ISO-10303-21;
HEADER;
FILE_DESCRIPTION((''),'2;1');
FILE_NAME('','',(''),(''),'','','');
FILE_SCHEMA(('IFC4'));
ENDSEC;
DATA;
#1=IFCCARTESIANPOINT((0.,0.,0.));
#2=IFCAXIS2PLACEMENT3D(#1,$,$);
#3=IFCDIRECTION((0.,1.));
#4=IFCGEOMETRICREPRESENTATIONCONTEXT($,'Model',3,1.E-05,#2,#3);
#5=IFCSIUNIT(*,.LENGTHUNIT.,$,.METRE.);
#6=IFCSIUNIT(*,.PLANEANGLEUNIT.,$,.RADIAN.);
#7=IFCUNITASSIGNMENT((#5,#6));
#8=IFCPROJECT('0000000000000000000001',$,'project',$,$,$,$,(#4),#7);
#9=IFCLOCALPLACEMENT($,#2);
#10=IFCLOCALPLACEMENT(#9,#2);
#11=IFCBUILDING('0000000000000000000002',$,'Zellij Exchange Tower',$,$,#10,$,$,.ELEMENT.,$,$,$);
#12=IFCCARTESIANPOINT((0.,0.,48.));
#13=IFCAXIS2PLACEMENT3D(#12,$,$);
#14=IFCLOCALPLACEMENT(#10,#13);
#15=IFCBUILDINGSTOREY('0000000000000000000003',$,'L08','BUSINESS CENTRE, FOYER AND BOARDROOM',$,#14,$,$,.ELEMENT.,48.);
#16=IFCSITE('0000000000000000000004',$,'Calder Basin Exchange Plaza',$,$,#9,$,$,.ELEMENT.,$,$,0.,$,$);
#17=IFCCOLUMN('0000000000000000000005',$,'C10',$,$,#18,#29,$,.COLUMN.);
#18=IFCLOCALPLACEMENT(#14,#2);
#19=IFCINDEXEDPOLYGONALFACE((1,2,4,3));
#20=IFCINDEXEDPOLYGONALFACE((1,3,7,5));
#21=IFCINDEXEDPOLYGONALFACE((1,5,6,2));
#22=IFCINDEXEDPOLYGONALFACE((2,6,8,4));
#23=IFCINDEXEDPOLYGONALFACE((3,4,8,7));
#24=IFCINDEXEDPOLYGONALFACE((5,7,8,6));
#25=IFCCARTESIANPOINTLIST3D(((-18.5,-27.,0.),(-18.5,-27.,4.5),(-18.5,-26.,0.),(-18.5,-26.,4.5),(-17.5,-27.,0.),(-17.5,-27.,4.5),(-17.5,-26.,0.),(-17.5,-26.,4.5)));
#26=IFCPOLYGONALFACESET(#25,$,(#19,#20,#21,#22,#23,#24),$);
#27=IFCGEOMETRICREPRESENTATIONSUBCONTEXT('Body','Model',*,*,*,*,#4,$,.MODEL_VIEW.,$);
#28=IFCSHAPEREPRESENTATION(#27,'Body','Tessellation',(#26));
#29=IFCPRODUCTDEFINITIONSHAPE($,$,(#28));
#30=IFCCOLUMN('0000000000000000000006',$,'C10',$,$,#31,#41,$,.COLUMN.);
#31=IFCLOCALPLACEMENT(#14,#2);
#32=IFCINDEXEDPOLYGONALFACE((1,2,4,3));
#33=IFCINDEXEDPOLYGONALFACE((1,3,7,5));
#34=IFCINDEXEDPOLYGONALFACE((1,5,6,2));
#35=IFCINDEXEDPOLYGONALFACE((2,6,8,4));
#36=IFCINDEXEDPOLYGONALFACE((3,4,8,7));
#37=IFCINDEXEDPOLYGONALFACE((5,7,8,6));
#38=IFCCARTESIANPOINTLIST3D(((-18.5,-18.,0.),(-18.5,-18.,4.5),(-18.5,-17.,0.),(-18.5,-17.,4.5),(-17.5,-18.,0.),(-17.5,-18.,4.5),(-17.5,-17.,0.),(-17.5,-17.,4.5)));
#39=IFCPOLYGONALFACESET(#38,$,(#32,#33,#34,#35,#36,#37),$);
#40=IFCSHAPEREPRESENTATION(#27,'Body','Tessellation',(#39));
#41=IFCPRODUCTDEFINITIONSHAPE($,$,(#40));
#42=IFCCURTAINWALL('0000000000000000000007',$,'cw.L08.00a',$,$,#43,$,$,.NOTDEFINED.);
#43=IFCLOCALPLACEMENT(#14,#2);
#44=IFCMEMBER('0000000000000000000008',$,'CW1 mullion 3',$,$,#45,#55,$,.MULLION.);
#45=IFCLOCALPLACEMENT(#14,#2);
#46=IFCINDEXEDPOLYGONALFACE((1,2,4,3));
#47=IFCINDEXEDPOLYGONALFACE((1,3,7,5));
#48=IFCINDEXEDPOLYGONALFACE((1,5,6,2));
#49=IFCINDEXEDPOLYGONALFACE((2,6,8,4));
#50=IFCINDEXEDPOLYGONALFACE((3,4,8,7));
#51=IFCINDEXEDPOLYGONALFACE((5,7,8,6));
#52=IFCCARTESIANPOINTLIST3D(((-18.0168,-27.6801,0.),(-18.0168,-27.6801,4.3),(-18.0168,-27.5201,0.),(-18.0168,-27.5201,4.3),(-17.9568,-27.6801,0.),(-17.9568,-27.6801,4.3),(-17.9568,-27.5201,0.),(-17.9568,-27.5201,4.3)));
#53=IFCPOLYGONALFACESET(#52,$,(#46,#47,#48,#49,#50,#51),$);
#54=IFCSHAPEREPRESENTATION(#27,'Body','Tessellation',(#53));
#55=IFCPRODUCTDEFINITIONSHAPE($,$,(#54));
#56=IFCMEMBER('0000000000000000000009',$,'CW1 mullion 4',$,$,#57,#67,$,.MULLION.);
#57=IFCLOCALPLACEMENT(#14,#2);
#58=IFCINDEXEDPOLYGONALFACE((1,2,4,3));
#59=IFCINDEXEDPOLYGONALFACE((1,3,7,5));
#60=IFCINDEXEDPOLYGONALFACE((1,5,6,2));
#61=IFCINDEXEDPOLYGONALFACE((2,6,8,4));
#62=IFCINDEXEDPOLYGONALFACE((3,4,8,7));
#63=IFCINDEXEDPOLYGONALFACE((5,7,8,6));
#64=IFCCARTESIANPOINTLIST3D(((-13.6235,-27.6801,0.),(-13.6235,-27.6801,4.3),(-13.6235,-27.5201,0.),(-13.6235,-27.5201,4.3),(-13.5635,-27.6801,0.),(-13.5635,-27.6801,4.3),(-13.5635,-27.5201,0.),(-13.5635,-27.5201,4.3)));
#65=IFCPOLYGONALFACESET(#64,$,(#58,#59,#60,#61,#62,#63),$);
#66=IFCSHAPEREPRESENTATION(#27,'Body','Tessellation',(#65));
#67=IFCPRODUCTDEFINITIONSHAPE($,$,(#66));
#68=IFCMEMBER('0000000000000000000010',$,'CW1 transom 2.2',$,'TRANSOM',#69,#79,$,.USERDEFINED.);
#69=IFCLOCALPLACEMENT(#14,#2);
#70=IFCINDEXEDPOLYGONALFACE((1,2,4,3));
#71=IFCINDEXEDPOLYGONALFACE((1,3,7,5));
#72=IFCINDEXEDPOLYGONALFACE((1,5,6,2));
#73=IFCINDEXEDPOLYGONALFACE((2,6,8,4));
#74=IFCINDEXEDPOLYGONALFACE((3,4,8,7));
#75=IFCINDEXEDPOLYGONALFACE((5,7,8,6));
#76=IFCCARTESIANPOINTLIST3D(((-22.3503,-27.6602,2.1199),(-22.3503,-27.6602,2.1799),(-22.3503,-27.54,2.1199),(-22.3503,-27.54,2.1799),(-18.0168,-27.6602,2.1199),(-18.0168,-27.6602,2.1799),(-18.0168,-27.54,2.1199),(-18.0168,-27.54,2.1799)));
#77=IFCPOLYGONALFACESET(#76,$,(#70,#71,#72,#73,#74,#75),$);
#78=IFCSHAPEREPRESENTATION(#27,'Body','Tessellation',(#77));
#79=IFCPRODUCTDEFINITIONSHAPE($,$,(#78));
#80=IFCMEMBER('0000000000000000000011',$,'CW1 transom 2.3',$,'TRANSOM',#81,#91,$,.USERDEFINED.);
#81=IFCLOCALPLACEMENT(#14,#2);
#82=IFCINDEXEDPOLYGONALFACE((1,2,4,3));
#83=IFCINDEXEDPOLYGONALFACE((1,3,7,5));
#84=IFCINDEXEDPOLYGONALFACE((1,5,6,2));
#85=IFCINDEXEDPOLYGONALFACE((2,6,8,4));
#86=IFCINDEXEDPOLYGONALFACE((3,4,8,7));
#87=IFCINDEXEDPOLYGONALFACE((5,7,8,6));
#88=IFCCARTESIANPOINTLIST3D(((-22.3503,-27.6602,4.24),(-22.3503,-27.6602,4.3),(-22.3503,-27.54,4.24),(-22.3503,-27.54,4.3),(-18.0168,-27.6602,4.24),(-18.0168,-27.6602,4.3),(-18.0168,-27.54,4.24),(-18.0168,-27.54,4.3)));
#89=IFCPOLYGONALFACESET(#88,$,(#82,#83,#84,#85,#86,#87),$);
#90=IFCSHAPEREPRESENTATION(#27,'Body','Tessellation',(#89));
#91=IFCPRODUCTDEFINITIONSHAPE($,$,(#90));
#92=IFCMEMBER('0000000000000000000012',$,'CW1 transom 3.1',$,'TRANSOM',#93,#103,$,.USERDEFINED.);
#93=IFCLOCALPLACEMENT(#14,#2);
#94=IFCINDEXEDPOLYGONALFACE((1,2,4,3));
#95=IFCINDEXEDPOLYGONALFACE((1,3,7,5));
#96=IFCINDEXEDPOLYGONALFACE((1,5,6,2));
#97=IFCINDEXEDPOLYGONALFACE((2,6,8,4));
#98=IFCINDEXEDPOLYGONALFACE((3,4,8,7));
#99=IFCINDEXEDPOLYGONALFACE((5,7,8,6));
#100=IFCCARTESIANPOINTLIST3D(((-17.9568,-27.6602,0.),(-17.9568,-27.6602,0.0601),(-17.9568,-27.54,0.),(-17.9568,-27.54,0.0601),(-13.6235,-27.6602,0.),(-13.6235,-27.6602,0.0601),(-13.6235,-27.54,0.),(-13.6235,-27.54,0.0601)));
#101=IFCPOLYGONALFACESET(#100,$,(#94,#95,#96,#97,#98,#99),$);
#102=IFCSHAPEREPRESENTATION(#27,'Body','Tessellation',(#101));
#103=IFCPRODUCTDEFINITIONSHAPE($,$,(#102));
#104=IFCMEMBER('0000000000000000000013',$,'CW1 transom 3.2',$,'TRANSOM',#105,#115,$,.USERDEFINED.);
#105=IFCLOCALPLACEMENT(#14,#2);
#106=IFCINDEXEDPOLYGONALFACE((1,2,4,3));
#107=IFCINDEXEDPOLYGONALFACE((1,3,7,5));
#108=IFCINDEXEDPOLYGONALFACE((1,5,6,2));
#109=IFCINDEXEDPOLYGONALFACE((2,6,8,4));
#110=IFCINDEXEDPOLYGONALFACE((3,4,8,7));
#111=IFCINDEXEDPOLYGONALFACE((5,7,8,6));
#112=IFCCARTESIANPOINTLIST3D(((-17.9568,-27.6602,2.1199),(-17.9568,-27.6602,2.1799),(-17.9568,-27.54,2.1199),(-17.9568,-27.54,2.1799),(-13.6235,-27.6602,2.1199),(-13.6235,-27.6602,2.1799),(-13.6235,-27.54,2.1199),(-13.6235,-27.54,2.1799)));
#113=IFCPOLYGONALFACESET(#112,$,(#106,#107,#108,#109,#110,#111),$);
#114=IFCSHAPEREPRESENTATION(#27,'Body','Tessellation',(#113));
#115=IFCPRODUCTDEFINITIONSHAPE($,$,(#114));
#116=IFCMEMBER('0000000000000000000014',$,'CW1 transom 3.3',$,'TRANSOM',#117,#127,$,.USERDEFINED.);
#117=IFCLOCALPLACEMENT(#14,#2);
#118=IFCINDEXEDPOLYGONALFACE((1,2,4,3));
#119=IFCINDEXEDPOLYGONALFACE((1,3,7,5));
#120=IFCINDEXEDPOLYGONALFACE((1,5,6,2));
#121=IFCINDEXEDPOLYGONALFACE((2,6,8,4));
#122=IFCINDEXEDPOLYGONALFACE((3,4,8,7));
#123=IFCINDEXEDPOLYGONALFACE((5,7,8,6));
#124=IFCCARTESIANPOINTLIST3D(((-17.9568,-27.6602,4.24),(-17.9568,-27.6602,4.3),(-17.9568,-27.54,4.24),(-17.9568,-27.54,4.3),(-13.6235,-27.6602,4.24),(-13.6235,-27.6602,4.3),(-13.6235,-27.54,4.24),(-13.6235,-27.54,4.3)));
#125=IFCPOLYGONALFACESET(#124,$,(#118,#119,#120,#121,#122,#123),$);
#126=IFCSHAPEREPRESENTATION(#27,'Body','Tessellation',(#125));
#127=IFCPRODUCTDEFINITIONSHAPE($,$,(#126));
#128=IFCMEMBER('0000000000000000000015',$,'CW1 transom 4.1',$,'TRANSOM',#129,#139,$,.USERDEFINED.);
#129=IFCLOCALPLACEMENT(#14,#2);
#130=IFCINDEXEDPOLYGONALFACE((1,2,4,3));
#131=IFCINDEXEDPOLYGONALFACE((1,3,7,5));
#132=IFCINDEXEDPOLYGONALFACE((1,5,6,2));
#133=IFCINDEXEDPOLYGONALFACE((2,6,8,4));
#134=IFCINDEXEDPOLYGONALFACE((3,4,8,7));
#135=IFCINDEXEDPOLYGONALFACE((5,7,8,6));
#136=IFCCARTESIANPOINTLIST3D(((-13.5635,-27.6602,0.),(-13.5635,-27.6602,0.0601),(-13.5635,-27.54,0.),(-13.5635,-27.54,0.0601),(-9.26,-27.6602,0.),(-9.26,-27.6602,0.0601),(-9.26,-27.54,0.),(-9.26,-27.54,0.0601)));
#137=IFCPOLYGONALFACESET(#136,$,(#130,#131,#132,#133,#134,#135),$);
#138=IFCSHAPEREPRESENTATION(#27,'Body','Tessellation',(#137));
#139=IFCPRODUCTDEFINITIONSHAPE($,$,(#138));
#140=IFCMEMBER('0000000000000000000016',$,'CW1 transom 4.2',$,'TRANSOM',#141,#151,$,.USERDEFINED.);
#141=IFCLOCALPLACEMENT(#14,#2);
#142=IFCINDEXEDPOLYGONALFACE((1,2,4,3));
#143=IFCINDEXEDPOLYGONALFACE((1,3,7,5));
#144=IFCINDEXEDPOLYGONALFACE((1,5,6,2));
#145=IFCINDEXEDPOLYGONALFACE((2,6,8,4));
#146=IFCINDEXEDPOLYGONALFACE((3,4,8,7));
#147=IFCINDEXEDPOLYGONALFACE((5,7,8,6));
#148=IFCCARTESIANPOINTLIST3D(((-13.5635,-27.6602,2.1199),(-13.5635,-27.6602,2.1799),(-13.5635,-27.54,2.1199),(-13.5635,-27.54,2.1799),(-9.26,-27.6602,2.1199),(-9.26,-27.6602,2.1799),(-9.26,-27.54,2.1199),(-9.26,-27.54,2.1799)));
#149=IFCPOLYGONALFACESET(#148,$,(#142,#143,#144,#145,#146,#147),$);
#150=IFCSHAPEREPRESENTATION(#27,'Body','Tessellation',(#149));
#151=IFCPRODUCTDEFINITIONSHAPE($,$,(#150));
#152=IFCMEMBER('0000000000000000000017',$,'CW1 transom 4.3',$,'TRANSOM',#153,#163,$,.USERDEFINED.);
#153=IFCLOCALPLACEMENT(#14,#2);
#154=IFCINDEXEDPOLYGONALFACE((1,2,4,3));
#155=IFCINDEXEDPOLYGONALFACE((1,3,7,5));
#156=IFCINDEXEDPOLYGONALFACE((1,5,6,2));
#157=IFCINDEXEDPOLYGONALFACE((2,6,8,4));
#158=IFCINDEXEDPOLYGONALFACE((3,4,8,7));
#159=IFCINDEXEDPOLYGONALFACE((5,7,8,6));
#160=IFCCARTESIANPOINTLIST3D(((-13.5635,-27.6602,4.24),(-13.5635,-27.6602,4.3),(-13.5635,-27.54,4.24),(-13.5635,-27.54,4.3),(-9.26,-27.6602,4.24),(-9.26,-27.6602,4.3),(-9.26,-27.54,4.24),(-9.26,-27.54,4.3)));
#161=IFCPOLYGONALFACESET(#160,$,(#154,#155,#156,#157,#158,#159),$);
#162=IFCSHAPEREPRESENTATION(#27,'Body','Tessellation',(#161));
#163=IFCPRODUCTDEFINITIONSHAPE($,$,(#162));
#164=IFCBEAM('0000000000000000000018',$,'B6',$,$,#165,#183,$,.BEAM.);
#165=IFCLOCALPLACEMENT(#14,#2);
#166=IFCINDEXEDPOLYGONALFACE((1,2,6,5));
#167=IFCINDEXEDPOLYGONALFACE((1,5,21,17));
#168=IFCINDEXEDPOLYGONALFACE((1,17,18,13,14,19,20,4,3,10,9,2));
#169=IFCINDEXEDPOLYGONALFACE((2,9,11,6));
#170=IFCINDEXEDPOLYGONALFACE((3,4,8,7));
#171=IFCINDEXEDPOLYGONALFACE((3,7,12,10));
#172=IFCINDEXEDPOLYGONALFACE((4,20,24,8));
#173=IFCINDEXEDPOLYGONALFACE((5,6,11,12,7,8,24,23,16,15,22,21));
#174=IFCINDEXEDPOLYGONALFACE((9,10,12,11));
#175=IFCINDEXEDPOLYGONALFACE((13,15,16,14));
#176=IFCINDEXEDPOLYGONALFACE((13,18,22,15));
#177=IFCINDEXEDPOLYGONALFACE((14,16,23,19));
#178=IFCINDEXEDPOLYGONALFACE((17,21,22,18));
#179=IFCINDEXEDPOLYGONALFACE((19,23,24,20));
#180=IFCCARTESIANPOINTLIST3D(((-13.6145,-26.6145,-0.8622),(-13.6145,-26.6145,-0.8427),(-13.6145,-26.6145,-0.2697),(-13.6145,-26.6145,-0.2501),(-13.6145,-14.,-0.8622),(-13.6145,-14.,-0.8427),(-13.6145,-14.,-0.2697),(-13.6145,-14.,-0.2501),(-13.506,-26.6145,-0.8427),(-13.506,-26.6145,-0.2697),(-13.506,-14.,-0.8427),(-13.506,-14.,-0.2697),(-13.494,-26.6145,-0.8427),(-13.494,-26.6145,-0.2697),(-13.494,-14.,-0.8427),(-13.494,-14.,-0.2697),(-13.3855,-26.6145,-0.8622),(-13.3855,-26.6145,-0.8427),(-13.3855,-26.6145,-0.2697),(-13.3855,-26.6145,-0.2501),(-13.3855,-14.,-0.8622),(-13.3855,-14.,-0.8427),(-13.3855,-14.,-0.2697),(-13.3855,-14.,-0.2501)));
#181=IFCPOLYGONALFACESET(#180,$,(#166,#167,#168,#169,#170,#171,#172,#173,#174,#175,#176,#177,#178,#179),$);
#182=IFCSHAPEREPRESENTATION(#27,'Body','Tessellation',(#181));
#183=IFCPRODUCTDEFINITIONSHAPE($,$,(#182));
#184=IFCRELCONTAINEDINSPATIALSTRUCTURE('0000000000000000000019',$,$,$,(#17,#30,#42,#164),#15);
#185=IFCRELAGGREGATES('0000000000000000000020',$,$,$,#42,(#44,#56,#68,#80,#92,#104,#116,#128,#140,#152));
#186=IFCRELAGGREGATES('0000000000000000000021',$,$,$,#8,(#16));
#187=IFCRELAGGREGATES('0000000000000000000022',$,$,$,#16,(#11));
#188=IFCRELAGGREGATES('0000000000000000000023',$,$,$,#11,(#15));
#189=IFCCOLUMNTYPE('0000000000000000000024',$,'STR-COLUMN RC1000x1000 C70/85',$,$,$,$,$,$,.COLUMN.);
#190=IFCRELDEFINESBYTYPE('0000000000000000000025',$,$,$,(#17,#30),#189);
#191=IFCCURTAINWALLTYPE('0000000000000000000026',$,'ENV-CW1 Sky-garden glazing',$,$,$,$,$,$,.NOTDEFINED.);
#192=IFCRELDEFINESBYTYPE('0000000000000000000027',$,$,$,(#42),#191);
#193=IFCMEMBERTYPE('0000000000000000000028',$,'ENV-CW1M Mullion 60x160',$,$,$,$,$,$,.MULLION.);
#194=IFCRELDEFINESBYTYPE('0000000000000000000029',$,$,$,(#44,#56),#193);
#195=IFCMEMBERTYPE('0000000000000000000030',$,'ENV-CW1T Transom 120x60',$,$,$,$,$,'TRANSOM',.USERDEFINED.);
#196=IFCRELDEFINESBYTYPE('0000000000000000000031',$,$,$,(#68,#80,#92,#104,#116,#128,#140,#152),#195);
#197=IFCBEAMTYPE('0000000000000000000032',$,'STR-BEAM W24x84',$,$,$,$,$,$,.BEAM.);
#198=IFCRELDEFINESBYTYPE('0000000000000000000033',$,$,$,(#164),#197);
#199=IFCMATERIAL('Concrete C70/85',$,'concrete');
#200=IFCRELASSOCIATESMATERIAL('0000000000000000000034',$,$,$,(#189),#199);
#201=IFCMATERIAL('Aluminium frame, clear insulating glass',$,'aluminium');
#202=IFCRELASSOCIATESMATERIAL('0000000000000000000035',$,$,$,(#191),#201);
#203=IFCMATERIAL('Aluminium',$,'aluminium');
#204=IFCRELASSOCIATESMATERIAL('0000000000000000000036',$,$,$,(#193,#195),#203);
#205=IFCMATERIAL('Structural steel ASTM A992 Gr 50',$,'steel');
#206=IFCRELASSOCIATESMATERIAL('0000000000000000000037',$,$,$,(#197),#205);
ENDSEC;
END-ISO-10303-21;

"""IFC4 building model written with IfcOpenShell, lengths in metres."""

from ifc_helpers import new_model, si_unit, direction, frame, origin, origin_2d, place, context, subcontext, project, spatial, rectangle, i_section, extrude, material, material_profile, profile_set, type_object, element, aggregate, save


model = new_model("IFC4")

# Units and contexts
model_context = context("Model", 3, precision=1e-05, world=origin(), true_north=direction((0.0, 1.0)))
body_context = subcontext(model_context, "Body", "Model", "MODEL_VIEW")
ifc_project = project(units=[si_unit("LENGTHUNIT", "METRE"), si_unit("PLANEANGLEUNIT", "RADIAN")], contexts=[model_context])

# Site, building, storey
site_placement = place(None, origin())
site = spatial("IfcSite", under=ifc_project, at=site_placement, Name="Calder Basin Exchange Plaza", CompositionType="ELEMENT", RefElevation=0.0)
building_placement = place(site_placement, origin())
building = spatial("IfcBuilding", under=site, at=building_placement, Name="Zellij Exchange Tower", CompositionType="ELEMENT")
storey_placement = place(building_placement, frame((0.0, 0.0, 48.0)))
storey = spatial("IfcBuildingStorey", under=building, at=storey_placement, Name="L08", Description="BUSINESS CENTRE, FOYER AND BOARDROOM", CompositionType="ELEMENT", Elevation=48.0)

# Columns
ifc_material_1 = material(Name="Concrete C70/85", Category="concrete")
ifc_material_profile_1 = material_profile(ifc_material_1, rectangle(XDim=1.0, YDim=1.0, at=origin_2d()), Name="STR-COLUMN RC1000x1000 C70/85")
ifc_profile_set_1 = profile_set([ifc_material_profile_1], Name="Concrete C70/85")
column_type = type_object("IfcColumnType", Name="STR-COLUMN RC1000x1000 C70/85", PredefinedType="COLUMN", material=ifc_profile_set_1)
for number, where, z_axis, x_axis, name in (
    (1, (-18.0, -26.5, 0.0), (0.0, 0.0, 1.0), (1.0, 0.0, 0.0), "C10"),
    (2, (-18.0, -17.5, 0.0), (0.0, 0.0, 1.0), (1.0, 0.0, 0.0), "C10"),
):
    element("IfcColumn", number, at=place(storey_placement, frame(where, z_axis=z_axis, x_axis=x_axis)), inside=storey, type_object=column_type, Name=name, PredefinedType="COLUMN", context=body_context, shape_type="SweptSolid", body=[
        extrude(rectangle(XDim=1.0, YDim=1.0, at=origin_2d()), origin(), (0.0, 0.0, 1.0), 4.5),
    ])

# Curtain wall, members
ifc_material_2 = material(Name="Aluminium frame, clear insulating glass", Category="aluminium")
curtain_wall_type = type_object("IfcCurtainWallType", Name="ENV-CW1 Sky-garden glazing", PredefinedType="NOTDEFINED", material=ifc_material_2)
curtain_wall_placement = place(storey_placement, origin())
curtain_wall = element("IfcCurtainWall", 3, at=curtain_wall_placement, inside=storey, type_object=curtain_wall_type, Name="cw.L08.00a", PredefinedType="NOTDEFINED")
ifc_material_3 = material(Name="Aluminium", Category="aluminium")
ifc_material_profile_2 = material_profile(ifc_material_3, rectangle(XDim=0.0601, YDim=0.1599, at=origin_2d()), Name="AL 60x160")
ifc_profile_set_2 = profile_set([ifc_material_profile_2], Name="Aluminium")
member_type_1 = type_object("IfcMemberType", Name="ENV-CW1M Mullion 60x160", PredefinedType="MULLION", material=ifc_profile_set_2)
member_1_placement = place(storey_placement, frame((-17.9868, -27.6001, 0.0), z_axis=(0.0, 0.0, 1.0), x_axis=(1.0, 0.0, 0.0)))
member_1 = element("IfcMember", 4, at=member_1_placement, type_object=member_type_1, Name="CW1 mullion 3", PredefinedType="MULLION", context=body_context, shape_type="SweptSolid", body=[
    extrude(rectangle(XDim=0.0601, YDim=0.1599, at=origin_2d()), origin(), (0.0, 0.0, 1.0), 4.3),
])
member_2_placement = place(storey_placement, frame((-13.5935, -27.6001, 0.0), z_axis=(0.0, 0.0, 1.0), x_axis=(1.0, 0.0, 0.0)))
member_2 = element("IfcMember", 5, at=member_2_placement, type_object=member_type_1, Name="CW1 mullion 4", PredefinedType="MULLION", context=body_context, shape_type="SweptSolid", body=[
    extrude(rectangle(XDim=0.0601, YDim=0.1599, at=origin_2d()), origin(), (0.0, 0.0, 1.0), 4.3),
])
ifc_material_profile_3 = material_profile(ifc_material_3, rectangle(XDim=0.1201, YDim=0.0601, at=origin_2d()), Name="AL 120x60")
ifc_profile_set_3 = profile_set([ifc_material_profile_3], Name="Aluminium")
member_type_2 = type_object("IfcMemberType", Name="ENV-CW1T Transom 120x60", ElementType="TRANSOM", PredefinedType="USERDEFINED", material=ifc_profile_set_3)
member_3_placement = place(storey_placement, frame((-22.3503, -27.6001, 2.1499), z_axis=(1.0, 0.0, 0.0), x_axis=(0.0, 1.0, 0.0)))
member_3 = element("IfcMember", 6, at=member_3_placement, type_object=member_type_2, Name="CW1 transom 2.2", ObjectType="TRANSOM", PredefinedType="USERDEFINED", context=body_context, shape_type="SweptSolid", body=[
    extrude(rectangle(XDim=0.1201, YDim=0.0601, at=origin_2d()), origin(), (0.0, 0.0, 1.0), 4.3335),
])
member_4_placement = place(storey_placement, frame((-22.3503, -27.6001, 4.27), z_axis=(1.0, 0.0, 0.0), x_axis=(0.0, 1.0, 0.0)))
member_4 = element("IfcMember", 7, at=member_4_placement, type_object=member_type_2, Name="CW1 transom 2.3", ObjectType="TRANSOM", PredefinedType="USERDEFINED", context=body_context, shape_type="SweptSolid", body=[
    extrude(rectangle(XDim=0.1201, YDim=0.0601, at=origin_2d()), origin(), (0.0, 0.0, 1.0), 4.3335),
])
member_5_placement = place(storey_placement, frame((-17.9568, -27.6001, 0.03), z_axis=(1.0, 0.0, 0.0), x_axis=(0.0, 1.0, 0.0)))
member_5 = element("IfcMember", 8, at=member_5_placement, type_object=member_type_2, Name="CW1 transom 3.1", ObjectType="TRANSOM", PredefinedType="USERDEFINED", context=body_context, shape_type="SweptSolid", body=[
    extrude(rectangle(XDim=0.1201, YDim=0.0601, at=origin_2d()), origin(), (0.0, 0.0, 1.0), 4.3333),
])
member_6_placement = place(storey_placement, frame((-17.9568, -27.6001, 2.1499), z_axis=(1.0, 0.0, 0.0), x_axis=(0.0, 1.0, 0.0)))
member_6 = element("IfcMember", 9, at=member_6_placement, type_object=member_type_2, Name="CW1 transom 3.2", ObjectType="TRANSOM", PredefinedType="USERDEFINED", context=body_context, shape_type="SweptSolid", body=[
    extrude(rectangle(XDim=0.1201, YDim=0.0601, at=origin_2d()), origin(), (0.0, 0.0, 1.0), 4.3333),
])
member_7_placement = place(storey_placement, frame((-17.9568, -27.6001, 4.27), z_axis=(1.0, 0.0, 0.0), x_axis=(0.0, 1.0, 0.0)))
member_7 = element("IfcMember", 10, at=member_7_placement, type_object=member_type_2, Name="CW1 transom 3.3", ObjectType="TRANSOM", PredefinedType="USERDEFINED", context=body_context, shape_type="SweptSolid", body=[
    extrude(rectangle(XDim=0.1201, YDim=0.0601, at=origin_2d()), origin(), (0.0, 0.0, 1.0), 4.3333),
])
member_8_placement = place(storey_placement, frame((-13.5635, -27.6001, 0.03), z_axis=(1.0, 0.0, 0.0), x_axis=(0.0, 1.0, 0.0)))
member_8 = element("IfcMember", 11, at=member_8_placement, type_object=member_type_2, Name="CW1 transom 4.1", ObjectType="TRANSOM", PredefinedType="USERDEFINED", context=body_context, shape_type="SweptSolid", body=[
    extrude(rectangle(XDim=0.1201, YDim=0.0601, at=origin_2d()), origin(), (0.0, 0.0, 1.0), 4.3035),
])
member_9_placement = place(storey_placement, frame((-13.5635, -27.6001, 2.1499), z_axis=(1.0, 0.0, 0.0), x_axis=(0.0, 1.0, 0.0)))
member_9 = element("IfcMember", 12, at=member_9_placement, type_object=member_type_2, Name="CW1 transom 4.2", ObjectType="TRANSOM", PredefinedType="USERDEFINED", context=body_context, shape_type="SweptSolid", body=[
    extrude(rectangle(XDim=0.1201, YDim=0.0601, at=origin_2d()), origin(), (0.0, 0.0, 1.0), 4.3035),
])
member_10_placement = place(storey_placement, frame((-13.5635, -27.6001, 4.27), z_axis=(1.0, 0.0, 0.0), x_axis=(0.0, 1.0, 0.0)))
member_10 = element("IfcMember", 13, at=member_10_placement, type_object=member_type_2, Name="CW1 transom 4.3", ObjectType="TRANSOM", PredefinedType="USERDEFINED", context=body_context, shape_type="SweptSolid", body=[
    extrude(rectangle(XDim=0.1201, YDim=0.0601, at=origin_2d()), origin(), (0.0, 0.0, 1.0), 4.3035),
])

# Beam
ifc_material_4 = material(Name="Structural steel ASTM A992 Gr 50", Category="steel")
ifc_material_profile_4 = material_profile(ifc_material_4, i_section(OverallWidth=0.229, OverallDepth=0.6121, WebThickness=0.012, FlangeThickness=0.0195, at=origin_2d()), Name="W24x84")
ifc_profile_set_4 = profile_set([ifc_material_profile_4], Name="Structural steel ASTM A992 Gr 50")
beam_type_1 = type_object("IfcBeamType", Name="STR-BEAM W24x84", PredefinedType="BEAM", material=ifc_profile_set_4)
beam_1_placement = place(storey_placement, frame((-13.5, -26.6145, -0.5562), z_axis=(0.0, 1.0, 0.0), x_axis=(-1.0, 0.0, 0.0)))
element("IfcBeam", 14, at=beam_1_placement, inside=storey, type_object=beam_type_1, Name="B6", PredefinedType="BEAM", context=body_context, shape_type="SweptSolid", body=[
    extrude(i_section(OverallWidth=0.229, OverallDepth=0.6121, WebThickness=0.012, FlangeThickness=0.0195, at=origin_2d()), origin(), (0.0, 0.0, 1.0), 12.6145),
])

aggregate(curtain_wall, [member_1, member_2, member_3, member_4, member_5, member_6, member_7, member_8, member_9, member_10])

save(model, "model.ifc")
